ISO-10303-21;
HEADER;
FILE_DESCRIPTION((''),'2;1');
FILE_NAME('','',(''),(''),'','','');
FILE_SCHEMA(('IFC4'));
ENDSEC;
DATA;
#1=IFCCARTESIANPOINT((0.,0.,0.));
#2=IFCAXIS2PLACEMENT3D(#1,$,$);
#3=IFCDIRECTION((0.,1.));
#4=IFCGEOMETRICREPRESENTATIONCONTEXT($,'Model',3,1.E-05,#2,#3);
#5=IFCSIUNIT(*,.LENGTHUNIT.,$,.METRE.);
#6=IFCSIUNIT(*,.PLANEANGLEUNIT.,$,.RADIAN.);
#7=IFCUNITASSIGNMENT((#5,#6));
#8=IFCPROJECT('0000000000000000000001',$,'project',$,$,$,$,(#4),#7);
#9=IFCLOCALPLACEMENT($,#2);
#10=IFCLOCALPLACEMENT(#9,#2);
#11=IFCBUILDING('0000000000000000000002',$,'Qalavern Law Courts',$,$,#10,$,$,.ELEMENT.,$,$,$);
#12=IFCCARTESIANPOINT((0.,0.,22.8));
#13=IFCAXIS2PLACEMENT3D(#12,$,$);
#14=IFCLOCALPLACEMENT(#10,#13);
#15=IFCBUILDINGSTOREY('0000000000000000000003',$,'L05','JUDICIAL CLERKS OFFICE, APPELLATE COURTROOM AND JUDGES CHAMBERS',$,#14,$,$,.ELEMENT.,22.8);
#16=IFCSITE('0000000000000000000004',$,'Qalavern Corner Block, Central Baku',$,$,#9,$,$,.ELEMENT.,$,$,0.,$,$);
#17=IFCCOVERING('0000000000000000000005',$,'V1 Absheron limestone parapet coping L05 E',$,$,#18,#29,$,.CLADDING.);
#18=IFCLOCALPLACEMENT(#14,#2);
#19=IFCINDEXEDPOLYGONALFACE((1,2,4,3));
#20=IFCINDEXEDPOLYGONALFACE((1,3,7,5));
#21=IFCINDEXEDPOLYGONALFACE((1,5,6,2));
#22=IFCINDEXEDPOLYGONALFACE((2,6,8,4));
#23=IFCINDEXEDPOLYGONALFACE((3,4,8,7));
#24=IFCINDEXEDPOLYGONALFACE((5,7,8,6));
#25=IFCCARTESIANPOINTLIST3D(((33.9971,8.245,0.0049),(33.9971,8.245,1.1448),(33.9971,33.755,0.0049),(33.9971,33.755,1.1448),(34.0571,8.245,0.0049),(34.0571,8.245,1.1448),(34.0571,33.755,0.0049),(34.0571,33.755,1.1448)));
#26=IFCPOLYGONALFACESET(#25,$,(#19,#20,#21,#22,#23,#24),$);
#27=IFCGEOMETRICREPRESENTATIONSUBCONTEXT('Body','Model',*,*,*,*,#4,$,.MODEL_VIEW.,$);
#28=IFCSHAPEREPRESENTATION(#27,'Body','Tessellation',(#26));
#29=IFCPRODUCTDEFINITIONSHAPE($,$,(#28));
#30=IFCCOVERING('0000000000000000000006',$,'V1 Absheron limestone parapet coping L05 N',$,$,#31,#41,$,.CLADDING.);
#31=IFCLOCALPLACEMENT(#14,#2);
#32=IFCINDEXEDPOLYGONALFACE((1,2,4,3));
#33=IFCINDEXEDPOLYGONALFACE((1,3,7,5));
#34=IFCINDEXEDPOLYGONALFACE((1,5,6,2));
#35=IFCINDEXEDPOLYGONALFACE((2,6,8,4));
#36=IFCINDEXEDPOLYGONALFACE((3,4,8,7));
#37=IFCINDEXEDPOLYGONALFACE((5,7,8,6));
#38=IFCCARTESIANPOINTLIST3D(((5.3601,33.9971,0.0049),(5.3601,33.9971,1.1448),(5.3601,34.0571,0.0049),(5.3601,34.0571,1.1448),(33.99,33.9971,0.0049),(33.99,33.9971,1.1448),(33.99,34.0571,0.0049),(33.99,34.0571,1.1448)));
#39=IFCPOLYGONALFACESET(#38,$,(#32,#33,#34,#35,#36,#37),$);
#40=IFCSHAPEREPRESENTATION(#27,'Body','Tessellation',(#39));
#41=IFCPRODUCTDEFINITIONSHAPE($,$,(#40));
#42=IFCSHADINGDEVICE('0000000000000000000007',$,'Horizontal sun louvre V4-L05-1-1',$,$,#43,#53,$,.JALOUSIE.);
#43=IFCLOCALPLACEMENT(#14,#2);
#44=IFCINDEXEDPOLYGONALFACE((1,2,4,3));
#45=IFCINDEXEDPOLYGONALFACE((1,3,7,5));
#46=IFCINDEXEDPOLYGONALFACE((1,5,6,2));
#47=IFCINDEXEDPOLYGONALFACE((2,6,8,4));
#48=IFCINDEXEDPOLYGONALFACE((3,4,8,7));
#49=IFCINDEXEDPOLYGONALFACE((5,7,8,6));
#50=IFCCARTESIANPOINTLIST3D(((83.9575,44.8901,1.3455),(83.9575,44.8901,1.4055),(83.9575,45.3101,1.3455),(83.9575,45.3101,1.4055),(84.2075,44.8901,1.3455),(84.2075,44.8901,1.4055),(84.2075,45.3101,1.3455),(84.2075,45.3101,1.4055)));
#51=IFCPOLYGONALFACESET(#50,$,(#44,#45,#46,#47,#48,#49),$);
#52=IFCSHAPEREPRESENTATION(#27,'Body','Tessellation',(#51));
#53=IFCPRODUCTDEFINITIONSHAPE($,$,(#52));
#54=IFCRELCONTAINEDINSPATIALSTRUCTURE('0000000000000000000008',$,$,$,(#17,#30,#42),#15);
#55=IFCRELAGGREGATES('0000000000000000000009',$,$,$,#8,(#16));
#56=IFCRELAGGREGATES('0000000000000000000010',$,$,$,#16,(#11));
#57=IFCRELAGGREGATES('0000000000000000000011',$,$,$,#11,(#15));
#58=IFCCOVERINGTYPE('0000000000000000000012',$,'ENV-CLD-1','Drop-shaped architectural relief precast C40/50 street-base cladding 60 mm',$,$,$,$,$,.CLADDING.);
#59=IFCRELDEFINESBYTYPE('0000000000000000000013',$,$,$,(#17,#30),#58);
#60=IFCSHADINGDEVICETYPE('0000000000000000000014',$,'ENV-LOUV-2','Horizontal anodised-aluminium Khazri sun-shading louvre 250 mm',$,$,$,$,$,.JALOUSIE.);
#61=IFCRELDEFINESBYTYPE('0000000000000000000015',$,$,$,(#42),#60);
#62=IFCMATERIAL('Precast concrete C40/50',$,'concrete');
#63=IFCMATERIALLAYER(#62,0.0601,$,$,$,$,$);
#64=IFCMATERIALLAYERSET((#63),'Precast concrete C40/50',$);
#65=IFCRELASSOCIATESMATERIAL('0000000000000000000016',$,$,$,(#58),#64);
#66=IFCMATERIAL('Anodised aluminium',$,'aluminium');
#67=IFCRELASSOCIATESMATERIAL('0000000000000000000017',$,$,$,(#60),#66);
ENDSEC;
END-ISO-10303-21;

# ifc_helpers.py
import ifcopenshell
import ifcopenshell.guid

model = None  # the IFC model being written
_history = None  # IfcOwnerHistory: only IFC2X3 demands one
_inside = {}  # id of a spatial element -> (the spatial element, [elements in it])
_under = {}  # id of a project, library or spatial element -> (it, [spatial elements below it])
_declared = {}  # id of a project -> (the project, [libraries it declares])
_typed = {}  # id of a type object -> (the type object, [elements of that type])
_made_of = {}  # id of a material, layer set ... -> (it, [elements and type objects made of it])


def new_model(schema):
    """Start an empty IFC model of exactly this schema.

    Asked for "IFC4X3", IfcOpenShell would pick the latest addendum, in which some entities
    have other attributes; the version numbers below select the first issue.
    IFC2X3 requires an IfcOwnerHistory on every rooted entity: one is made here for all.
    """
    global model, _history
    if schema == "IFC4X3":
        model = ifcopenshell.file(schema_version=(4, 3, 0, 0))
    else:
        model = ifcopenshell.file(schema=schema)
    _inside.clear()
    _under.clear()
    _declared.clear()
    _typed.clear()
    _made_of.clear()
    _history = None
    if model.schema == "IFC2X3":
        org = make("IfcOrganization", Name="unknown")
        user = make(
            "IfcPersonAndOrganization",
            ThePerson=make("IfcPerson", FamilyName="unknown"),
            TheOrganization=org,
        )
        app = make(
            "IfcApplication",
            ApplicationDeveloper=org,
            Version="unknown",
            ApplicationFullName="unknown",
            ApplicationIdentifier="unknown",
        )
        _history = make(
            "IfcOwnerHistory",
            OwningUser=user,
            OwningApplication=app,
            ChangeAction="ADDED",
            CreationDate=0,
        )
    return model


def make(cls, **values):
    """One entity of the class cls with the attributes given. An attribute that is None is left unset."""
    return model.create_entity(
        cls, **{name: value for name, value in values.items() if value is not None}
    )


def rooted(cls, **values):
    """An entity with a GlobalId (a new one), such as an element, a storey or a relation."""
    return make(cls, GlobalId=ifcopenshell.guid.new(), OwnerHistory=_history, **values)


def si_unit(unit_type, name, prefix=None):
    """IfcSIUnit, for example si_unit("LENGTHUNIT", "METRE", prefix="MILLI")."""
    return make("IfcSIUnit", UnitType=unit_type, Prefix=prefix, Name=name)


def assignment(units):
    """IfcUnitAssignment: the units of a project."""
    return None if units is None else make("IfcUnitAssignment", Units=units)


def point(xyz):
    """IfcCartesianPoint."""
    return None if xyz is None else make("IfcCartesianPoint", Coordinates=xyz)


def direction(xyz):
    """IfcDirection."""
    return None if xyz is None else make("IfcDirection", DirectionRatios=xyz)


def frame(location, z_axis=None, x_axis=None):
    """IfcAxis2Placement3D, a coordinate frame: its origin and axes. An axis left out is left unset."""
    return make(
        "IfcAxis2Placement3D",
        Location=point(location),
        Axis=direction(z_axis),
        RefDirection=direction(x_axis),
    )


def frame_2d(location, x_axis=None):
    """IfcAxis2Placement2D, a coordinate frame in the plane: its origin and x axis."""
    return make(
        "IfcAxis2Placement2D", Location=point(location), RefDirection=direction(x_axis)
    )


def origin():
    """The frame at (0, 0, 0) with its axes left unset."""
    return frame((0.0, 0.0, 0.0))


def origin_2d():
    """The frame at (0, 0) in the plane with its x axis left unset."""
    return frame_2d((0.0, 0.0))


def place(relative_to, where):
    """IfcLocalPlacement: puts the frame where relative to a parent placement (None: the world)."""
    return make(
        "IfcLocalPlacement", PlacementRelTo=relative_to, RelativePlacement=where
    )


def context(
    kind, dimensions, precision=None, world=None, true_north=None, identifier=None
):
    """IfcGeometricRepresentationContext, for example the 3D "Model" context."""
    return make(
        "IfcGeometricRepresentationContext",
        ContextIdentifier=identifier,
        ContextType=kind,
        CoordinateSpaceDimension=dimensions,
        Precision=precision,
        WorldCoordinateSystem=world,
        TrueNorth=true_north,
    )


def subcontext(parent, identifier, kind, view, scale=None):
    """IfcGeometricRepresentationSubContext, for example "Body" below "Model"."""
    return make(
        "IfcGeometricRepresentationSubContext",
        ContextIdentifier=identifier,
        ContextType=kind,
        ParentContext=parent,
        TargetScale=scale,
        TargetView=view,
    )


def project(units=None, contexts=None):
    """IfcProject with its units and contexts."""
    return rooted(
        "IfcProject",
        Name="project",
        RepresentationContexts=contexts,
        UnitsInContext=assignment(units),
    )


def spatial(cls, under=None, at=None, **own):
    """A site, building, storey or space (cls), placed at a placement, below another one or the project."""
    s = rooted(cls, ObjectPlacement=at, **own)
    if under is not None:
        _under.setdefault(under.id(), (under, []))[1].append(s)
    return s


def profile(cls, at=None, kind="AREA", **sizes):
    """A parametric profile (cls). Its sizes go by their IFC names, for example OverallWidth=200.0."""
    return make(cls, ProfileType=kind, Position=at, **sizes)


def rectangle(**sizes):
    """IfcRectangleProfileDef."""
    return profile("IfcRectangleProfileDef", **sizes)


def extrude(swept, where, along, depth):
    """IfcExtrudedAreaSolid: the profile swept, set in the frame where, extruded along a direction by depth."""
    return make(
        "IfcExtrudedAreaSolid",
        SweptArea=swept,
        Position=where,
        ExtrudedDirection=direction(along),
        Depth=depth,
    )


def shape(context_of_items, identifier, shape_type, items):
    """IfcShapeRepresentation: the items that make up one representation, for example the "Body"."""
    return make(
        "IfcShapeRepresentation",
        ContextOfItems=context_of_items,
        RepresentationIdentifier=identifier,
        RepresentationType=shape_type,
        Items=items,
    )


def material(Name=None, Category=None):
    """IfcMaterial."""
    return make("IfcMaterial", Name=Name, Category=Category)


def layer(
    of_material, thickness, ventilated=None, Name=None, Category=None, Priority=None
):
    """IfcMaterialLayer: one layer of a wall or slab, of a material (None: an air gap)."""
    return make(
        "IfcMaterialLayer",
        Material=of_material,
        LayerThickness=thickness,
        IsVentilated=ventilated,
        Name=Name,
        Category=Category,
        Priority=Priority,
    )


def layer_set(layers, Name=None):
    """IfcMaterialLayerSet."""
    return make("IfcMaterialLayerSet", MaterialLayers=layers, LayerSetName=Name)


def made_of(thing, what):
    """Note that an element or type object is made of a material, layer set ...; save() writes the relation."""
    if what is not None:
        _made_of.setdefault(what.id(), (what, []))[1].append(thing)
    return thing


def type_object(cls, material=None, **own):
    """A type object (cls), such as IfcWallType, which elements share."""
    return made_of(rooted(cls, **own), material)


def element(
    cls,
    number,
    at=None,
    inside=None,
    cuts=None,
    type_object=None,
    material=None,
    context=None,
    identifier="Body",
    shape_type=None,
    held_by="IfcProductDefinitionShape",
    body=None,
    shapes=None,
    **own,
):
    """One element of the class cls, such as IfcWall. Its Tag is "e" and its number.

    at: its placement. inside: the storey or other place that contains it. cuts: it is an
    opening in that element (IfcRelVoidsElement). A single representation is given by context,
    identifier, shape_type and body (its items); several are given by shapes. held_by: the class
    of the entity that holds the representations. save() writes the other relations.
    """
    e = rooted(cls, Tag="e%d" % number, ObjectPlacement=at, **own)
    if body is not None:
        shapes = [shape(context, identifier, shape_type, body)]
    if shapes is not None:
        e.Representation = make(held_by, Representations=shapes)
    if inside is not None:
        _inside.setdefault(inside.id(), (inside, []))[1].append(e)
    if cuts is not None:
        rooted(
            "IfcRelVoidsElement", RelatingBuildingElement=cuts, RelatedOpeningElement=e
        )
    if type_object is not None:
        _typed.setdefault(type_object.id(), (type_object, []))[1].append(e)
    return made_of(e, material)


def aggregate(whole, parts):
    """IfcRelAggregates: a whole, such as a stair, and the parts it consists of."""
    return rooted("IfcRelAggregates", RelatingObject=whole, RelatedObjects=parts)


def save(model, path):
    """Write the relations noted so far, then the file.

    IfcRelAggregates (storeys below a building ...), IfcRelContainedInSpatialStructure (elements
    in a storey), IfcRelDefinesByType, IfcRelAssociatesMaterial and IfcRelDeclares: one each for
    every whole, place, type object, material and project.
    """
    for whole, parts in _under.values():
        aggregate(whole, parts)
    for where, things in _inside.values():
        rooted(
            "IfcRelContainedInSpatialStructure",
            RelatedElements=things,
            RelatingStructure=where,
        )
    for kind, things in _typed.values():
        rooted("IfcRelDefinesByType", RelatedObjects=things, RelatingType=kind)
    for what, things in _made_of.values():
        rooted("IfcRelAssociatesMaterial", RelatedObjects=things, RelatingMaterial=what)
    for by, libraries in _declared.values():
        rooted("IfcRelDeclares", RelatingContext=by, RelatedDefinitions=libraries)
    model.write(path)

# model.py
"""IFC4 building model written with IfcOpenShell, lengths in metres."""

from ifc_helpers import new_model, si_unit, direction, frame, origin, origin_2d, place, context, subcontext, project, spatial, rectangle, extrude, material, layer, layer_set, type_object, element, save


model = new_model("IFC4")

# Units and contexts
model_context = context("Model", 3, precision=1e-05, world=origin(), true_north=direction((0.0, 1.0)))
body_context = subcontext(model_context, "Body", "Model", "MODEL_VIEW")
ifc_project = project(units=[si_unit("LENGTHUNIT", "METRE"), si_unit("PLANEANGLEUNIT", "RADIAN")], contexts=[model_context])

# Site, building, storey
site_placement = place(None, origin())
site = spatial("IfcSite", under=ifc_project, at=site_placement, Name="Qalavern Corner Block, Central Baku", CompositionType="ELEMENT", RefElevation=0.0)
building_placement = place(site_placement, origin())
building = spatial("IfcBuilding", under=site, at=building_placement, Name="Qalavern Law Courts", CompositionType="ELEMENT")
storey_placement = place(building_placement, frame((0.0, 0.0, 22.8)))
storey = spatial("IfcBuildingStorey", under=building, at=storey_placement, Name="L05", Description="JUDICIAL CLERKS OFFICE, APPELLATE COURTROOM AND JUDGES CHAMBERS", CompositionType="ELEMENT", Elevation=22.8)

# Coverings
ifc_material_1 = material(Name="Precast concrete C40/50", Category="concrete")
ifc_layer_1 = layer(ifc_material_1, 0.0601)
ifc_layer_set_1 = layer_set([ifc_layer_1], Name="Precast concrete C40/50")
covering_type_1 = type_object("IfcCoveringType", Name="ENV-CLD-1", Description="Drop-shaped architectural relief precast C40/50 street-base cladding 60 mm", PredefinedType="CLADDING", material=ifc_layer_set_1)
covering_1_placement = place(storey_placement, frame((34.0271, 21.0, 0.0049), z_axis=(0.0, 0.0, 1.0), x_axis=(0.0, 1.0, 0.0)))
element("IfcCovering", 1, at=covering_1_placement, inside=storey, type_object=covering_type_1, Name="V1 Absheron limestone parapet coping L05 E", PredefinedType="CLADDING", context=body_context, shape_type="SweptSolid", body=[
    extrude(rectangle(XDim=25.51, YDim=0.0601, at=origin_2d()), origin(), (0.0, 0.0, 1.0), 1.1399),
])
covering_2_placement = place(storey_placement, frame((19.675, 34.0271, 0.0049), z_axis=(0.0, 0.0, 1.0), x_axis=(-1.0, 0.0, 0.0)))
element("IfcCovering", 2, at=covering_2_placement, inside=storey, type_object=covering_type_1, Name="V1 Absheron limestone parapet coping L05 N", PredefinedType="CLADDING", context=body_context, shape_type="SweptSolid", body=[
    extrude(rectangle(XDim=28.6299, YDim=0.0601, at=origin_2d()), origin(), (0.0, 0.0, 1.0), 1.1399),
])

# Shading device
ifc_material_2 = material(Name="Anodised aluminium", Category="aluminium")
shading_device_type = type_object("IfcShadingDeviceType", Name="ENV-LOUV-2", Description="Horizontal anodised-aluminium Khazri sun-shading louvre 250 mm", PredefinedType="JALOUSIE", material=ifc_material_2)
shading_device_placement = place(storey_placement, frame((84.0825, 45.1001, 1.3455), z_axis=(0.0, 0.0, 1.0), x_axis=(0.0, -1.0, 0.0)))
element("IfcShadingDevice", 3, at=shading_device_placement, inside=storey, type_object=shading_device_type, Name="Horizontal sun louvre V4-L05-1-1", PredefinedType="JALOUSIE", context=body_context, shape_type="SweptSolid", body=[
    extrude(rectangle(XDim=0.4199, YDim=0.25, at=origin_2d()), origin(), (0.0, 0.0, 1.0), 0.0601),
])

save(model, "model.ifc")
